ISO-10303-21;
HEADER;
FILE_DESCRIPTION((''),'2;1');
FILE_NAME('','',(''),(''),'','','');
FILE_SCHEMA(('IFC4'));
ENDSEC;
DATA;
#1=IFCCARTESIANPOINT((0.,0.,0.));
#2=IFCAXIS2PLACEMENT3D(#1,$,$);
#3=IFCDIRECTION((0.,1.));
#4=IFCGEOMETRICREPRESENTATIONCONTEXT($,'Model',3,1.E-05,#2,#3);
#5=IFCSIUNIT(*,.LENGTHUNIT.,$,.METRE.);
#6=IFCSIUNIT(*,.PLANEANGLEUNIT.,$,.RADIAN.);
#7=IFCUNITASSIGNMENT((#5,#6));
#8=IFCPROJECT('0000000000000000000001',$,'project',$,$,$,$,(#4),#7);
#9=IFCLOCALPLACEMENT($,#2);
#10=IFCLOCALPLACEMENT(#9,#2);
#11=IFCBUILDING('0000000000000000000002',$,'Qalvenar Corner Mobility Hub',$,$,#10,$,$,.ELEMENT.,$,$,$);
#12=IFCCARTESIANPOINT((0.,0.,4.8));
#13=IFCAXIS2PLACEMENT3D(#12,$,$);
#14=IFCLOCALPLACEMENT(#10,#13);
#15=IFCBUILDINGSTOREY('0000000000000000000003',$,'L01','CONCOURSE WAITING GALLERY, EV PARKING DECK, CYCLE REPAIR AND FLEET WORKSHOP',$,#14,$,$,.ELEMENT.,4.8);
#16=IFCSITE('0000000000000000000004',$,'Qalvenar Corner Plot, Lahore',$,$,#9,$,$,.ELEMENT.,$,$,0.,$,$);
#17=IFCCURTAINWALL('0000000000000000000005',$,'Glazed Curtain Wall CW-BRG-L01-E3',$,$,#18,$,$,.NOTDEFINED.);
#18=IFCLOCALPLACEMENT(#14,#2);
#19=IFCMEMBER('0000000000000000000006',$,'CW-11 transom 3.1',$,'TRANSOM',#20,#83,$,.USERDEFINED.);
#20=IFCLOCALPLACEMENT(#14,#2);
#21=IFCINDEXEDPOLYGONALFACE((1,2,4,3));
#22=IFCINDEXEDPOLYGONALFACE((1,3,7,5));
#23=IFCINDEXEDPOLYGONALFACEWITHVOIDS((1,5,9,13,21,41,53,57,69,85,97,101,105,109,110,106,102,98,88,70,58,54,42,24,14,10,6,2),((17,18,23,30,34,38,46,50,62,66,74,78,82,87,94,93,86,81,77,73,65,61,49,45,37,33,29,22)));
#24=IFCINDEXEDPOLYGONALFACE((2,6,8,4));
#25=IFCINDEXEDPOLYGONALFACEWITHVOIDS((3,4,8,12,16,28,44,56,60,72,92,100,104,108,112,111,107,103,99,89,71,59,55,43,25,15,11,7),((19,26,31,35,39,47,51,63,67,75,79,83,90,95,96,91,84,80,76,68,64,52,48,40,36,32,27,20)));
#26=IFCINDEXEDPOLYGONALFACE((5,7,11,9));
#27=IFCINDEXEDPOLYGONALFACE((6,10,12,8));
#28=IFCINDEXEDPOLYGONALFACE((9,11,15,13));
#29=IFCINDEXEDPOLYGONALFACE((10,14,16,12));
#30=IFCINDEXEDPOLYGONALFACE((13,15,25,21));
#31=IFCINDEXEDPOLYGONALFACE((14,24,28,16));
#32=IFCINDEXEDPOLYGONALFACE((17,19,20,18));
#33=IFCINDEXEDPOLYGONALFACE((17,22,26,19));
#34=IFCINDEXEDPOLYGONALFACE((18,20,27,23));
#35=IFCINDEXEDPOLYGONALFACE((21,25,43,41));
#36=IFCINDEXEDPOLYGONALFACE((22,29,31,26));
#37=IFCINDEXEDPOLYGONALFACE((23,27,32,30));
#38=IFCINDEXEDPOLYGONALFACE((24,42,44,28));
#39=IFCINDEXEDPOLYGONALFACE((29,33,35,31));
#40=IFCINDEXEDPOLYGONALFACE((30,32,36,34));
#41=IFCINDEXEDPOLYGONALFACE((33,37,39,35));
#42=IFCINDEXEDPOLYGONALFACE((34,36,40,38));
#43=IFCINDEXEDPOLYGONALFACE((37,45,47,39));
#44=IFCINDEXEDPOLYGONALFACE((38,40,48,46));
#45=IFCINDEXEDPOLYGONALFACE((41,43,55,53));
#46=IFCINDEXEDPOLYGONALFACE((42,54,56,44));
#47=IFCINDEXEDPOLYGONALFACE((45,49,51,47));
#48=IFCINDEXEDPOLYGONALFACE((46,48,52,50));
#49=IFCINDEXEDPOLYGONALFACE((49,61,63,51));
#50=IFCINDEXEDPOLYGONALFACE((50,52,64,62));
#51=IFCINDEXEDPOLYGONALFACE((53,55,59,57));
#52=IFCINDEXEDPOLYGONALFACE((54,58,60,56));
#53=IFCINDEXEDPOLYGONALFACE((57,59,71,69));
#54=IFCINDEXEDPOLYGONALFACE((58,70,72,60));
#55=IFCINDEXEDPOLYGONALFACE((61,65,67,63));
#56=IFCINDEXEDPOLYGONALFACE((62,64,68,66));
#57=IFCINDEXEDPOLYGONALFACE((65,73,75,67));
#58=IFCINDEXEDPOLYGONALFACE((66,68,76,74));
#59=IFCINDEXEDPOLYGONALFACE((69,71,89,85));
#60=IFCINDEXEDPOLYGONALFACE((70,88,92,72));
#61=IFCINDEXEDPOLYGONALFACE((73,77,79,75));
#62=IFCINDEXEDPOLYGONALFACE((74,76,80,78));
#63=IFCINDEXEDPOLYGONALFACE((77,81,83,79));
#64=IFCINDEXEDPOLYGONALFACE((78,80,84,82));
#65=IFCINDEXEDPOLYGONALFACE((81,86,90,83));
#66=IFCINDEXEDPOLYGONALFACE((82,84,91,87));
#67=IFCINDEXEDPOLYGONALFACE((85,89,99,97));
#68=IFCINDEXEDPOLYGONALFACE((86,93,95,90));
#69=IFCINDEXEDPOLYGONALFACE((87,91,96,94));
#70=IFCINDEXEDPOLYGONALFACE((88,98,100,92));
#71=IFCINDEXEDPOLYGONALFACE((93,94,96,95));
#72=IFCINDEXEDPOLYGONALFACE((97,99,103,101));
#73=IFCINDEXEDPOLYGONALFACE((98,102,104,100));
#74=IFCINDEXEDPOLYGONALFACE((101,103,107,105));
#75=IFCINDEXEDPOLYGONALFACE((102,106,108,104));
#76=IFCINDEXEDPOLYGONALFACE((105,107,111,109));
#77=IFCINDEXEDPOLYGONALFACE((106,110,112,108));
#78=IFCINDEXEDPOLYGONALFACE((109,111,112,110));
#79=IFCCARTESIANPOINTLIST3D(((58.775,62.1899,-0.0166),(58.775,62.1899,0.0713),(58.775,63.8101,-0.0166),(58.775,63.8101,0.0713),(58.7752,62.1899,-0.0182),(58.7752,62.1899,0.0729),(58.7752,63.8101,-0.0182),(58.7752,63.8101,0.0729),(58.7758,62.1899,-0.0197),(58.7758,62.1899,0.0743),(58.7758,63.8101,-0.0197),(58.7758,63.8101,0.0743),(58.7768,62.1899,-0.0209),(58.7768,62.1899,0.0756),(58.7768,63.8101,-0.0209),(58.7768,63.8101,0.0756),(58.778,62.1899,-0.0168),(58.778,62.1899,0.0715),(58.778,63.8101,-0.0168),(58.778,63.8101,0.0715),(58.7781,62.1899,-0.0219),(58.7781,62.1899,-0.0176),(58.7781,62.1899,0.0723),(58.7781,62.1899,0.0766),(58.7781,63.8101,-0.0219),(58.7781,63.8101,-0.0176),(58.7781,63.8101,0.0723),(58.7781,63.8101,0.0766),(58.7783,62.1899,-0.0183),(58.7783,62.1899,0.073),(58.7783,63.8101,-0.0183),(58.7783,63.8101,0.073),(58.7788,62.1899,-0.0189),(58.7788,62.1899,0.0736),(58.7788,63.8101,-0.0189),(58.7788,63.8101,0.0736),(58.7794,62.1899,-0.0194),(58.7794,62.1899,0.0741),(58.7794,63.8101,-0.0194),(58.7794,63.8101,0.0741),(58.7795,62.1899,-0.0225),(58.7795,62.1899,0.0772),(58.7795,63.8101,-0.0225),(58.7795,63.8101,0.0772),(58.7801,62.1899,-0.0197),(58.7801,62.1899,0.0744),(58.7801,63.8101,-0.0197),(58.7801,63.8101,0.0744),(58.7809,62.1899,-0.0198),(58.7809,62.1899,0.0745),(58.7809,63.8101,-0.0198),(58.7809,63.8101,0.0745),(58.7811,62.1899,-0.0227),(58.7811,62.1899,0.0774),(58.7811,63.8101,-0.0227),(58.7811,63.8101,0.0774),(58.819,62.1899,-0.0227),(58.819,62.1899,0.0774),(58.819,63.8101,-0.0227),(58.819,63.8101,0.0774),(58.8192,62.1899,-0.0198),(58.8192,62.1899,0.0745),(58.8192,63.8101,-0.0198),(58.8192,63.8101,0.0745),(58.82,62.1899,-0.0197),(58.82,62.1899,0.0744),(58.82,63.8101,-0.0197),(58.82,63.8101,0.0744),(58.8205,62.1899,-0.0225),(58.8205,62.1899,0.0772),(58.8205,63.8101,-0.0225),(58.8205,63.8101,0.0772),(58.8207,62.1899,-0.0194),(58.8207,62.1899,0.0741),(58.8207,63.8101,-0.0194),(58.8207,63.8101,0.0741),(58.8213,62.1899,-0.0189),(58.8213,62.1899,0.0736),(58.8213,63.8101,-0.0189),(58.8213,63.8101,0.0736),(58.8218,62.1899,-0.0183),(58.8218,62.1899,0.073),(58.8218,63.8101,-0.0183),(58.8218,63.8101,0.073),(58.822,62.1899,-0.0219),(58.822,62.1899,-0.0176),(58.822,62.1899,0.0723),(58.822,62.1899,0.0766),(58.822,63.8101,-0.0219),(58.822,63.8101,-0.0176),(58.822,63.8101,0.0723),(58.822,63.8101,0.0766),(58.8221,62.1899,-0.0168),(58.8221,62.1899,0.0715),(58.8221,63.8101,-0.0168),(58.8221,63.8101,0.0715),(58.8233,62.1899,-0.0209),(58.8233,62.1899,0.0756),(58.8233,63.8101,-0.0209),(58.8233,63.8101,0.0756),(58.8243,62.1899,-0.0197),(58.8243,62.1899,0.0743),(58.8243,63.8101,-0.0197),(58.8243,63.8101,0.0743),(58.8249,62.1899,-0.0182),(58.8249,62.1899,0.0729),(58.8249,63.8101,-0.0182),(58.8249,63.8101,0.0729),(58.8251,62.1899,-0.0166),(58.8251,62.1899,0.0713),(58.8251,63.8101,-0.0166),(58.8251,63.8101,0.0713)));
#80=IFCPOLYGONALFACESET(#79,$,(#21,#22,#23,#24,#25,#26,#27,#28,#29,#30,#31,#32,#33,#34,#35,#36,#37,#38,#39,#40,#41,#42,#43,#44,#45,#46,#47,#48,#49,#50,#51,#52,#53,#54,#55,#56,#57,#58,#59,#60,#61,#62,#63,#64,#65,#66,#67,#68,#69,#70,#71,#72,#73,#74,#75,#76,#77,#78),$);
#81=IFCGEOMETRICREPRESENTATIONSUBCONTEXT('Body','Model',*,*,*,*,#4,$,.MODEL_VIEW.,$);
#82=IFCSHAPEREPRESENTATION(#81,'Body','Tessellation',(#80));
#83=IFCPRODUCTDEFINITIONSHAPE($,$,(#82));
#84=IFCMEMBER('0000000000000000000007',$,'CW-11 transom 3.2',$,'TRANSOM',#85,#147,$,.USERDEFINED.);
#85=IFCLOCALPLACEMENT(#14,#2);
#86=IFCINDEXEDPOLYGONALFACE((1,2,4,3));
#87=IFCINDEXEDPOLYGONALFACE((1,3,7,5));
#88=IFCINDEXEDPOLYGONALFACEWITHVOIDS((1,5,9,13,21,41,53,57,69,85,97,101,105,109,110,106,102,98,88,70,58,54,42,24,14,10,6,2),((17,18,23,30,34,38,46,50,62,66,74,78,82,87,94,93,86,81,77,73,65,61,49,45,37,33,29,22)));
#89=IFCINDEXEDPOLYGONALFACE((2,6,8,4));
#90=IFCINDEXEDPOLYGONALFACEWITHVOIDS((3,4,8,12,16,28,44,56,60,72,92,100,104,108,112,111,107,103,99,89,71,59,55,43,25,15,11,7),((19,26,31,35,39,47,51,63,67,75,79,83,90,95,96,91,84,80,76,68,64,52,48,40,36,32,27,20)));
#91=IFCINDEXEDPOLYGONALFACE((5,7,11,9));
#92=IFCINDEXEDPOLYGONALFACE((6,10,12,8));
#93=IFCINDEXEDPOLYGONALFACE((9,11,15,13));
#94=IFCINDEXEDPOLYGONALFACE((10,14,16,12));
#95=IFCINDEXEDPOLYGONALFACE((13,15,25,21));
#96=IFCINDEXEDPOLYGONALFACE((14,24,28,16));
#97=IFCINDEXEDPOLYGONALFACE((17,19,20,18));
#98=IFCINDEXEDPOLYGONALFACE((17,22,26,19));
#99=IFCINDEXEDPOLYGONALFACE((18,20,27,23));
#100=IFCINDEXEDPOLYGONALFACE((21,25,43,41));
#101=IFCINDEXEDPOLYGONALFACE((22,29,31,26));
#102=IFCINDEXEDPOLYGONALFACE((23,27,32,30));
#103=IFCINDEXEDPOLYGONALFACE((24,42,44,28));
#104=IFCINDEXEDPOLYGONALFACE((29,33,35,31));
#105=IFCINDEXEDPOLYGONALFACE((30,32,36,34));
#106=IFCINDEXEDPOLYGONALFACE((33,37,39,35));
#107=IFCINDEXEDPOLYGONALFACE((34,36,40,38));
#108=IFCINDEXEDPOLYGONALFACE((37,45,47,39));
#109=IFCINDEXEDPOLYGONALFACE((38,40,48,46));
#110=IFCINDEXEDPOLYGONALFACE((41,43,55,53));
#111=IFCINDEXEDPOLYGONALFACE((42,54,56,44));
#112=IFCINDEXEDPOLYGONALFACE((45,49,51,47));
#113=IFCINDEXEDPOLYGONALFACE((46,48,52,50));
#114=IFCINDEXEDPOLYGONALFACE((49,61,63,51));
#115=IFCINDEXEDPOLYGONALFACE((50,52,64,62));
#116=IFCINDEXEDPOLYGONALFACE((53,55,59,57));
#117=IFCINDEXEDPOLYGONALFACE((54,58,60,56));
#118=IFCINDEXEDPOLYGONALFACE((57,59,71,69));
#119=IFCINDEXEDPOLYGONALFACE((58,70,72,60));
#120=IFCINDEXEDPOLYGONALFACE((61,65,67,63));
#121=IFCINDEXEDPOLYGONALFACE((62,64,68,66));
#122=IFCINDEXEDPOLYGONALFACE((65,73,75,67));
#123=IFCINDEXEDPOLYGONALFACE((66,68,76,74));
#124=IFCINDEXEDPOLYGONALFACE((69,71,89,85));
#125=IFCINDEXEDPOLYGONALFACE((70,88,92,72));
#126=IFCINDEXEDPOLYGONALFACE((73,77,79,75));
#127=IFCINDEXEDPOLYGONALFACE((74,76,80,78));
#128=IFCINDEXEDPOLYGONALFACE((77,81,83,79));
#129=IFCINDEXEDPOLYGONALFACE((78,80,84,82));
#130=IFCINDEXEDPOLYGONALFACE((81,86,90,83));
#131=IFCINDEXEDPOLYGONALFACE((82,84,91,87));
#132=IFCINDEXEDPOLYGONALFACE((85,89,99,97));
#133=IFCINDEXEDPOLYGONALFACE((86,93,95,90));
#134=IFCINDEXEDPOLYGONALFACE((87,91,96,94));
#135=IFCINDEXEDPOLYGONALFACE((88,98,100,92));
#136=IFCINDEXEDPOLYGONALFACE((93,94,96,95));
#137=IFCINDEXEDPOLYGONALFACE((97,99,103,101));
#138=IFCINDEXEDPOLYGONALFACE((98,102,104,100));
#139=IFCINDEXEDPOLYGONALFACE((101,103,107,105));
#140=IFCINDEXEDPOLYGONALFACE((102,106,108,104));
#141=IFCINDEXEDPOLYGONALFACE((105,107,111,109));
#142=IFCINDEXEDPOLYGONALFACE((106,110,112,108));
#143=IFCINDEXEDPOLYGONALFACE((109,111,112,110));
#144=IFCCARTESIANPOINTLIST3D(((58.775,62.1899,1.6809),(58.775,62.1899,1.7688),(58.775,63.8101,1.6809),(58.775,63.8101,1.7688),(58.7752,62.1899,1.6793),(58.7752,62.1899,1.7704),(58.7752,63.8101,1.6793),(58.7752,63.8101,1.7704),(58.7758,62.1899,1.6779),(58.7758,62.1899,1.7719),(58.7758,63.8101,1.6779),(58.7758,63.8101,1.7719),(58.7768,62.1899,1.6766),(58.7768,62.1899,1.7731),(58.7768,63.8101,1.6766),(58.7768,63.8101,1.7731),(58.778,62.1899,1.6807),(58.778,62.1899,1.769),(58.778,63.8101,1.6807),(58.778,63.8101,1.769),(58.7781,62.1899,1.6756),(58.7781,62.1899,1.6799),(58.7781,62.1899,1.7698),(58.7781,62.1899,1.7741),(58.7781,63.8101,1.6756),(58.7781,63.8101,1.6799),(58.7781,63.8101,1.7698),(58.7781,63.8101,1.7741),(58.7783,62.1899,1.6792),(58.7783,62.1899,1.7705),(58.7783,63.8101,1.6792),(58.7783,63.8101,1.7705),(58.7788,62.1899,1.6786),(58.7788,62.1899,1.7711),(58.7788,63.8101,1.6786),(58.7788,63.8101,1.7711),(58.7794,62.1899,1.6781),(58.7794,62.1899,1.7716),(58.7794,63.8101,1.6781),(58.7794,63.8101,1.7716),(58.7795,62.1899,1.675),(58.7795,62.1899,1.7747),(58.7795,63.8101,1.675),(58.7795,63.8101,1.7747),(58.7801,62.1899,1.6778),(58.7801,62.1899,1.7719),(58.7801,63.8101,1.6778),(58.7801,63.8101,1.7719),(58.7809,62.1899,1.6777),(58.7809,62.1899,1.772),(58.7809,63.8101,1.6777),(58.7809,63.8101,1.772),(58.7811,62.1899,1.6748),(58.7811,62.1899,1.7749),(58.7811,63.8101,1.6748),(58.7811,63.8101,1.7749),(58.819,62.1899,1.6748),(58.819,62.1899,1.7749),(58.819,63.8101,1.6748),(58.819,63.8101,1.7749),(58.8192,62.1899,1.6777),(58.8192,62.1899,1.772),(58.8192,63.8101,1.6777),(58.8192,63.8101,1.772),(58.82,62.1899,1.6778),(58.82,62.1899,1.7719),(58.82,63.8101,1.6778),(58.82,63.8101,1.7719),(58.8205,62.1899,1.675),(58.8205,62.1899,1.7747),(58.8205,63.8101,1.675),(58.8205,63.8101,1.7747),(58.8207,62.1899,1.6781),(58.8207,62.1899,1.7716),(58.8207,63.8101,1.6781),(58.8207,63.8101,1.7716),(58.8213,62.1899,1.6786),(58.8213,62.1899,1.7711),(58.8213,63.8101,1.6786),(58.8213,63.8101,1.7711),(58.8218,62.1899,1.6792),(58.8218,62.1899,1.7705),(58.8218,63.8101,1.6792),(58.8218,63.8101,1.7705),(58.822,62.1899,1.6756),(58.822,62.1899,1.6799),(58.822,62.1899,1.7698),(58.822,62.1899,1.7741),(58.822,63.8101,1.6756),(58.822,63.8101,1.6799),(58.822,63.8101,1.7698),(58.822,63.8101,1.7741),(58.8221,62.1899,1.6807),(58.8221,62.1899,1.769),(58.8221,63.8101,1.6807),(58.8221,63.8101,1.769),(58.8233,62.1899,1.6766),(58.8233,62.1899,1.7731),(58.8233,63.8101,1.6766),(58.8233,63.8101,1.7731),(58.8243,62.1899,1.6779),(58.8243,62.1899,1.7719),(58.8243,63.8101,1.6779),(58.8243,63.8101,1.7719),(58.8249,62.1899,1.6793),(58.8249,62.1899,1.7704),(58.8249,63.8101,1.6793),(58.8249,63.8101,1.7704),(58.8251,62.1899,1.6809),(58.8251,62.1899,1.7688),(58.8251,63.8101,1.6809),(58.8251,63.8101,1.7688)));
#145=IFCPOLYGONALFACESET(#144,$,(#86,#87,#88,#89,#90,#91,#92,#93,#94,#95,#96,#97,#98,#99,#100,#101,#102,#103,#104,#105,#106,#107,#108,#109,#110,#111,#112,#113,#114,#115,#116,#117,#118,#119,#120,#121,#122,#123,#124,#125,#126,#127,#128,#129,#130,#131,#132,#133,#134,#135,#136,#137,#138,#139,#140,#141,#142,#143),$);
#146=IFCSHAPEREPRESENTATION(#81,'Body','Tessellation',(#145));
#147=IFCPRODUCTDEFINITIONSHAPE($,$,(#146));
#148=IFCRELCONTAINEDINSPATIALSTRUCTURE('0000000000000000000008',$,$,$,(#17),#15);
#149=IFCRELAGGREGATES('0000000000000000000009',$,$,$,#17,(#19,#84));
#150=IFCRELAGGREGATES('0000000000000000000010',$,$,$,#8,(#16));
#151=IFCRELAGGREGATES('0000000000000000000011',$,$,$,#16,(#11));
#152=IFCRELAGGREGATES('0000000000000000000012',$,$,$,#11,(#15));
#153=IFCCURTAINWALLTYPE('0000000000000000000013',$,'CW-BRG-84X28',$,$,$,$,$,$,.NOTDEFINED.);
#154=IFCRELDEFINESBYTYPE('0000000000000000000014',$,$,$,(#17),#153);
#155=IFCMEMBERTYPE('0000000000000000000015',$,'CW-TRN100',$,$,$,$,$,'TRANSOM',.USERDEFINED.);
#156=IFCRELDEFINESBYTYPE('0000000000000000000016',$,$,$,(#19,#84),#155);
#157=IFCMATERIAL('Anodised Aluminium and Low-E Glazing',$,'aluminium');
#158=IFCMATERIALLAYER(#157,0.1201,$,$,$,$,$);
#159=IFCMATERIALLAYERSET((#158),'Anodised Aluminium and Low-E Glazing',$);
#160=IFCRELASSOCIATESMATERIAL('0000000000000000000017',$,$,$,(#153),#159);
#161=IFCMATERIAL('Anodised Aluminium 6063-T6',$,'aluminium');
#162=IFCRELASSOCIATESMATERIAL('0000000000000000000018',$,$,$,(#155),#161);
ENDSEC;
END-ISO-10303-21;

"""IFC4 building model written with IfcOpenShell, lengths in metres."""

from ifc_helpers import new_model, si_unit, direction, frame, origin, origin_2d, place, context, subcontext, project, spatial, hollow_rectangle, extrude, material, layer, layer_set, material_profile, profile_set, type_object, element, aggregate, save


model = new_model("IFC4")

# Units and contexts
model_context = context("Model", 3, precision=1e-05, world=origin(), true_north=direction((0.0, 1.0)))
body_context = subcontext(model_context, "Body", "Model", "MODEL_VIEW")
ifc_project = project(units=[si_unit("LENGTHUNIT", "METRE"), si_unit("PLANEANGLEUNIT", "RADIAN")], contexts=[model_context])

# Site, building, storey
site_placement = place(None, origin())
site = spatial("IfcSite", under=ifc_project, at=site_placement, Name="Qalvenar Corner Plot, Lahore", CompositionType="ELEMENT", RefElevation=0.0)
building_placement = place(site_placement, origin())
building = spatial("IfcBuilding", under=site, at=building_placement, Name="Qalvenar Corner Mobility Hub", CompositionType="ELEMENT")
storey_placement = place(building_placement, frame((0.0, 0.0, 4.8)))
storey = spatial("IfcBuildingStorey", under=building, at=storey_placement, Name="L01", Description="CONCOURSE WAITING GALLERY, EV PARKING DECK, CYCLE REPAIR AND FLEET WORKSHOP", CompositionType="ELEMENT", Elevation=4.8)

# Shared definitions
ifc_material_1 = material(Name="Anodised Aluminium and Low-E Glazing", Category="aluminium")
ifc_layer_1 = layer(ifc_material_1, 0.1201)
ifc_layer_set_1 = layer_set([ifc_layer_1], Name="Anodised Aluminium and Low-E Glazing")
curtain_wall_type = type_object("IfcCurtainWallType", Name="CW-BRG-84X28", PredefinedType="NOTDEFINED", material=ifc_layer_set_1)
ifc_material_2 = material(Name="Anodised Aluminium 6063-T6", Category="aluminium")

# Curtain wall, members
curtain_wall_1_placement = place(storey_placement, origin())
curtain_wall_1 = element("IfcCurtainWall", 1, at=curtain_wall_1_placement, inside=storey, type_object=curtain_wall_type, Name="Glazed Curtain Wall CW-BRG-L01-E3", PredefinedType="NOTDEFINED")
ifc_material_profile_1 = material_profile(ifc_material_2, hollow_rectangle(XDim=0.05, YDim=0.1001, WallThickness=0.0029, InnerFilletRadius=0.0029, OuterFilletRadius=0.0061, at=origin_2d()), Name="RHS100x50x3")
ifc_profile_set_1 = profile_set([ifc_material_profile_1], Name="Anodised Aluminium 6063-T6")
member_type_1 = type_object("IfcMemberType", Name="CW-TRN100", ElementType="TRANSOM", PredefinedType="USERDEFINED", material=ifc_profile_set_1)
member_1_placement = place(storey_placement, frame((58.8, 62.1899, 0.0273), z_axis=(0.0, 1.0, 0.0), x_axis=(-1.0, 0.0, 0.0)))
member_1 = element("IfcMember", 2, at=member_1_placement, type_object=member_type_1, Name="CW-11 transom 3.1", ObjectType="TRANSOM", PredefinedType="USERDEFINED", context=body_context, shape_type="SweptSolid", body=[
    extrude(hollow_rectangle(XDim=0.05, YDim=0.1001, WallThickness=0.0029, InnerFilletRadius=0.0029, OuterFilletRadius=0.0061, at=origin_2d()), origin(), (0.0, 0.0, 1.0), 1.6201),
])
member_2_placement = place(storey_placement, frame((58.8, 62.1899, 1.7249), z_axis=(0.0, 1.0, 0.0), x_axis=(-1.0, 0.0, 0.0)))
member_2 = element("IfcMember", 3, at=member_2_placement, type_object=member_type_1, Name="CW-11 transom 3.2", ObjectType="TRANSOM", PredefinedType="USERDEFINED", context=body_context, shape_type="SweptSolid", body=[
    extrude(hollow_rectangle(XDim=0.05, YDim=0.1001, WallThickness=0.0029, InnerFilletRadius=0.0029, OuterFilletRadius=0.0061, at=origin_2d()), origin(), (0.0, 0.0, 1.0), 1.6201),
])

aggregate(curtain_wall_1, [member_1, member_2])

save(model, "model.ifc")
